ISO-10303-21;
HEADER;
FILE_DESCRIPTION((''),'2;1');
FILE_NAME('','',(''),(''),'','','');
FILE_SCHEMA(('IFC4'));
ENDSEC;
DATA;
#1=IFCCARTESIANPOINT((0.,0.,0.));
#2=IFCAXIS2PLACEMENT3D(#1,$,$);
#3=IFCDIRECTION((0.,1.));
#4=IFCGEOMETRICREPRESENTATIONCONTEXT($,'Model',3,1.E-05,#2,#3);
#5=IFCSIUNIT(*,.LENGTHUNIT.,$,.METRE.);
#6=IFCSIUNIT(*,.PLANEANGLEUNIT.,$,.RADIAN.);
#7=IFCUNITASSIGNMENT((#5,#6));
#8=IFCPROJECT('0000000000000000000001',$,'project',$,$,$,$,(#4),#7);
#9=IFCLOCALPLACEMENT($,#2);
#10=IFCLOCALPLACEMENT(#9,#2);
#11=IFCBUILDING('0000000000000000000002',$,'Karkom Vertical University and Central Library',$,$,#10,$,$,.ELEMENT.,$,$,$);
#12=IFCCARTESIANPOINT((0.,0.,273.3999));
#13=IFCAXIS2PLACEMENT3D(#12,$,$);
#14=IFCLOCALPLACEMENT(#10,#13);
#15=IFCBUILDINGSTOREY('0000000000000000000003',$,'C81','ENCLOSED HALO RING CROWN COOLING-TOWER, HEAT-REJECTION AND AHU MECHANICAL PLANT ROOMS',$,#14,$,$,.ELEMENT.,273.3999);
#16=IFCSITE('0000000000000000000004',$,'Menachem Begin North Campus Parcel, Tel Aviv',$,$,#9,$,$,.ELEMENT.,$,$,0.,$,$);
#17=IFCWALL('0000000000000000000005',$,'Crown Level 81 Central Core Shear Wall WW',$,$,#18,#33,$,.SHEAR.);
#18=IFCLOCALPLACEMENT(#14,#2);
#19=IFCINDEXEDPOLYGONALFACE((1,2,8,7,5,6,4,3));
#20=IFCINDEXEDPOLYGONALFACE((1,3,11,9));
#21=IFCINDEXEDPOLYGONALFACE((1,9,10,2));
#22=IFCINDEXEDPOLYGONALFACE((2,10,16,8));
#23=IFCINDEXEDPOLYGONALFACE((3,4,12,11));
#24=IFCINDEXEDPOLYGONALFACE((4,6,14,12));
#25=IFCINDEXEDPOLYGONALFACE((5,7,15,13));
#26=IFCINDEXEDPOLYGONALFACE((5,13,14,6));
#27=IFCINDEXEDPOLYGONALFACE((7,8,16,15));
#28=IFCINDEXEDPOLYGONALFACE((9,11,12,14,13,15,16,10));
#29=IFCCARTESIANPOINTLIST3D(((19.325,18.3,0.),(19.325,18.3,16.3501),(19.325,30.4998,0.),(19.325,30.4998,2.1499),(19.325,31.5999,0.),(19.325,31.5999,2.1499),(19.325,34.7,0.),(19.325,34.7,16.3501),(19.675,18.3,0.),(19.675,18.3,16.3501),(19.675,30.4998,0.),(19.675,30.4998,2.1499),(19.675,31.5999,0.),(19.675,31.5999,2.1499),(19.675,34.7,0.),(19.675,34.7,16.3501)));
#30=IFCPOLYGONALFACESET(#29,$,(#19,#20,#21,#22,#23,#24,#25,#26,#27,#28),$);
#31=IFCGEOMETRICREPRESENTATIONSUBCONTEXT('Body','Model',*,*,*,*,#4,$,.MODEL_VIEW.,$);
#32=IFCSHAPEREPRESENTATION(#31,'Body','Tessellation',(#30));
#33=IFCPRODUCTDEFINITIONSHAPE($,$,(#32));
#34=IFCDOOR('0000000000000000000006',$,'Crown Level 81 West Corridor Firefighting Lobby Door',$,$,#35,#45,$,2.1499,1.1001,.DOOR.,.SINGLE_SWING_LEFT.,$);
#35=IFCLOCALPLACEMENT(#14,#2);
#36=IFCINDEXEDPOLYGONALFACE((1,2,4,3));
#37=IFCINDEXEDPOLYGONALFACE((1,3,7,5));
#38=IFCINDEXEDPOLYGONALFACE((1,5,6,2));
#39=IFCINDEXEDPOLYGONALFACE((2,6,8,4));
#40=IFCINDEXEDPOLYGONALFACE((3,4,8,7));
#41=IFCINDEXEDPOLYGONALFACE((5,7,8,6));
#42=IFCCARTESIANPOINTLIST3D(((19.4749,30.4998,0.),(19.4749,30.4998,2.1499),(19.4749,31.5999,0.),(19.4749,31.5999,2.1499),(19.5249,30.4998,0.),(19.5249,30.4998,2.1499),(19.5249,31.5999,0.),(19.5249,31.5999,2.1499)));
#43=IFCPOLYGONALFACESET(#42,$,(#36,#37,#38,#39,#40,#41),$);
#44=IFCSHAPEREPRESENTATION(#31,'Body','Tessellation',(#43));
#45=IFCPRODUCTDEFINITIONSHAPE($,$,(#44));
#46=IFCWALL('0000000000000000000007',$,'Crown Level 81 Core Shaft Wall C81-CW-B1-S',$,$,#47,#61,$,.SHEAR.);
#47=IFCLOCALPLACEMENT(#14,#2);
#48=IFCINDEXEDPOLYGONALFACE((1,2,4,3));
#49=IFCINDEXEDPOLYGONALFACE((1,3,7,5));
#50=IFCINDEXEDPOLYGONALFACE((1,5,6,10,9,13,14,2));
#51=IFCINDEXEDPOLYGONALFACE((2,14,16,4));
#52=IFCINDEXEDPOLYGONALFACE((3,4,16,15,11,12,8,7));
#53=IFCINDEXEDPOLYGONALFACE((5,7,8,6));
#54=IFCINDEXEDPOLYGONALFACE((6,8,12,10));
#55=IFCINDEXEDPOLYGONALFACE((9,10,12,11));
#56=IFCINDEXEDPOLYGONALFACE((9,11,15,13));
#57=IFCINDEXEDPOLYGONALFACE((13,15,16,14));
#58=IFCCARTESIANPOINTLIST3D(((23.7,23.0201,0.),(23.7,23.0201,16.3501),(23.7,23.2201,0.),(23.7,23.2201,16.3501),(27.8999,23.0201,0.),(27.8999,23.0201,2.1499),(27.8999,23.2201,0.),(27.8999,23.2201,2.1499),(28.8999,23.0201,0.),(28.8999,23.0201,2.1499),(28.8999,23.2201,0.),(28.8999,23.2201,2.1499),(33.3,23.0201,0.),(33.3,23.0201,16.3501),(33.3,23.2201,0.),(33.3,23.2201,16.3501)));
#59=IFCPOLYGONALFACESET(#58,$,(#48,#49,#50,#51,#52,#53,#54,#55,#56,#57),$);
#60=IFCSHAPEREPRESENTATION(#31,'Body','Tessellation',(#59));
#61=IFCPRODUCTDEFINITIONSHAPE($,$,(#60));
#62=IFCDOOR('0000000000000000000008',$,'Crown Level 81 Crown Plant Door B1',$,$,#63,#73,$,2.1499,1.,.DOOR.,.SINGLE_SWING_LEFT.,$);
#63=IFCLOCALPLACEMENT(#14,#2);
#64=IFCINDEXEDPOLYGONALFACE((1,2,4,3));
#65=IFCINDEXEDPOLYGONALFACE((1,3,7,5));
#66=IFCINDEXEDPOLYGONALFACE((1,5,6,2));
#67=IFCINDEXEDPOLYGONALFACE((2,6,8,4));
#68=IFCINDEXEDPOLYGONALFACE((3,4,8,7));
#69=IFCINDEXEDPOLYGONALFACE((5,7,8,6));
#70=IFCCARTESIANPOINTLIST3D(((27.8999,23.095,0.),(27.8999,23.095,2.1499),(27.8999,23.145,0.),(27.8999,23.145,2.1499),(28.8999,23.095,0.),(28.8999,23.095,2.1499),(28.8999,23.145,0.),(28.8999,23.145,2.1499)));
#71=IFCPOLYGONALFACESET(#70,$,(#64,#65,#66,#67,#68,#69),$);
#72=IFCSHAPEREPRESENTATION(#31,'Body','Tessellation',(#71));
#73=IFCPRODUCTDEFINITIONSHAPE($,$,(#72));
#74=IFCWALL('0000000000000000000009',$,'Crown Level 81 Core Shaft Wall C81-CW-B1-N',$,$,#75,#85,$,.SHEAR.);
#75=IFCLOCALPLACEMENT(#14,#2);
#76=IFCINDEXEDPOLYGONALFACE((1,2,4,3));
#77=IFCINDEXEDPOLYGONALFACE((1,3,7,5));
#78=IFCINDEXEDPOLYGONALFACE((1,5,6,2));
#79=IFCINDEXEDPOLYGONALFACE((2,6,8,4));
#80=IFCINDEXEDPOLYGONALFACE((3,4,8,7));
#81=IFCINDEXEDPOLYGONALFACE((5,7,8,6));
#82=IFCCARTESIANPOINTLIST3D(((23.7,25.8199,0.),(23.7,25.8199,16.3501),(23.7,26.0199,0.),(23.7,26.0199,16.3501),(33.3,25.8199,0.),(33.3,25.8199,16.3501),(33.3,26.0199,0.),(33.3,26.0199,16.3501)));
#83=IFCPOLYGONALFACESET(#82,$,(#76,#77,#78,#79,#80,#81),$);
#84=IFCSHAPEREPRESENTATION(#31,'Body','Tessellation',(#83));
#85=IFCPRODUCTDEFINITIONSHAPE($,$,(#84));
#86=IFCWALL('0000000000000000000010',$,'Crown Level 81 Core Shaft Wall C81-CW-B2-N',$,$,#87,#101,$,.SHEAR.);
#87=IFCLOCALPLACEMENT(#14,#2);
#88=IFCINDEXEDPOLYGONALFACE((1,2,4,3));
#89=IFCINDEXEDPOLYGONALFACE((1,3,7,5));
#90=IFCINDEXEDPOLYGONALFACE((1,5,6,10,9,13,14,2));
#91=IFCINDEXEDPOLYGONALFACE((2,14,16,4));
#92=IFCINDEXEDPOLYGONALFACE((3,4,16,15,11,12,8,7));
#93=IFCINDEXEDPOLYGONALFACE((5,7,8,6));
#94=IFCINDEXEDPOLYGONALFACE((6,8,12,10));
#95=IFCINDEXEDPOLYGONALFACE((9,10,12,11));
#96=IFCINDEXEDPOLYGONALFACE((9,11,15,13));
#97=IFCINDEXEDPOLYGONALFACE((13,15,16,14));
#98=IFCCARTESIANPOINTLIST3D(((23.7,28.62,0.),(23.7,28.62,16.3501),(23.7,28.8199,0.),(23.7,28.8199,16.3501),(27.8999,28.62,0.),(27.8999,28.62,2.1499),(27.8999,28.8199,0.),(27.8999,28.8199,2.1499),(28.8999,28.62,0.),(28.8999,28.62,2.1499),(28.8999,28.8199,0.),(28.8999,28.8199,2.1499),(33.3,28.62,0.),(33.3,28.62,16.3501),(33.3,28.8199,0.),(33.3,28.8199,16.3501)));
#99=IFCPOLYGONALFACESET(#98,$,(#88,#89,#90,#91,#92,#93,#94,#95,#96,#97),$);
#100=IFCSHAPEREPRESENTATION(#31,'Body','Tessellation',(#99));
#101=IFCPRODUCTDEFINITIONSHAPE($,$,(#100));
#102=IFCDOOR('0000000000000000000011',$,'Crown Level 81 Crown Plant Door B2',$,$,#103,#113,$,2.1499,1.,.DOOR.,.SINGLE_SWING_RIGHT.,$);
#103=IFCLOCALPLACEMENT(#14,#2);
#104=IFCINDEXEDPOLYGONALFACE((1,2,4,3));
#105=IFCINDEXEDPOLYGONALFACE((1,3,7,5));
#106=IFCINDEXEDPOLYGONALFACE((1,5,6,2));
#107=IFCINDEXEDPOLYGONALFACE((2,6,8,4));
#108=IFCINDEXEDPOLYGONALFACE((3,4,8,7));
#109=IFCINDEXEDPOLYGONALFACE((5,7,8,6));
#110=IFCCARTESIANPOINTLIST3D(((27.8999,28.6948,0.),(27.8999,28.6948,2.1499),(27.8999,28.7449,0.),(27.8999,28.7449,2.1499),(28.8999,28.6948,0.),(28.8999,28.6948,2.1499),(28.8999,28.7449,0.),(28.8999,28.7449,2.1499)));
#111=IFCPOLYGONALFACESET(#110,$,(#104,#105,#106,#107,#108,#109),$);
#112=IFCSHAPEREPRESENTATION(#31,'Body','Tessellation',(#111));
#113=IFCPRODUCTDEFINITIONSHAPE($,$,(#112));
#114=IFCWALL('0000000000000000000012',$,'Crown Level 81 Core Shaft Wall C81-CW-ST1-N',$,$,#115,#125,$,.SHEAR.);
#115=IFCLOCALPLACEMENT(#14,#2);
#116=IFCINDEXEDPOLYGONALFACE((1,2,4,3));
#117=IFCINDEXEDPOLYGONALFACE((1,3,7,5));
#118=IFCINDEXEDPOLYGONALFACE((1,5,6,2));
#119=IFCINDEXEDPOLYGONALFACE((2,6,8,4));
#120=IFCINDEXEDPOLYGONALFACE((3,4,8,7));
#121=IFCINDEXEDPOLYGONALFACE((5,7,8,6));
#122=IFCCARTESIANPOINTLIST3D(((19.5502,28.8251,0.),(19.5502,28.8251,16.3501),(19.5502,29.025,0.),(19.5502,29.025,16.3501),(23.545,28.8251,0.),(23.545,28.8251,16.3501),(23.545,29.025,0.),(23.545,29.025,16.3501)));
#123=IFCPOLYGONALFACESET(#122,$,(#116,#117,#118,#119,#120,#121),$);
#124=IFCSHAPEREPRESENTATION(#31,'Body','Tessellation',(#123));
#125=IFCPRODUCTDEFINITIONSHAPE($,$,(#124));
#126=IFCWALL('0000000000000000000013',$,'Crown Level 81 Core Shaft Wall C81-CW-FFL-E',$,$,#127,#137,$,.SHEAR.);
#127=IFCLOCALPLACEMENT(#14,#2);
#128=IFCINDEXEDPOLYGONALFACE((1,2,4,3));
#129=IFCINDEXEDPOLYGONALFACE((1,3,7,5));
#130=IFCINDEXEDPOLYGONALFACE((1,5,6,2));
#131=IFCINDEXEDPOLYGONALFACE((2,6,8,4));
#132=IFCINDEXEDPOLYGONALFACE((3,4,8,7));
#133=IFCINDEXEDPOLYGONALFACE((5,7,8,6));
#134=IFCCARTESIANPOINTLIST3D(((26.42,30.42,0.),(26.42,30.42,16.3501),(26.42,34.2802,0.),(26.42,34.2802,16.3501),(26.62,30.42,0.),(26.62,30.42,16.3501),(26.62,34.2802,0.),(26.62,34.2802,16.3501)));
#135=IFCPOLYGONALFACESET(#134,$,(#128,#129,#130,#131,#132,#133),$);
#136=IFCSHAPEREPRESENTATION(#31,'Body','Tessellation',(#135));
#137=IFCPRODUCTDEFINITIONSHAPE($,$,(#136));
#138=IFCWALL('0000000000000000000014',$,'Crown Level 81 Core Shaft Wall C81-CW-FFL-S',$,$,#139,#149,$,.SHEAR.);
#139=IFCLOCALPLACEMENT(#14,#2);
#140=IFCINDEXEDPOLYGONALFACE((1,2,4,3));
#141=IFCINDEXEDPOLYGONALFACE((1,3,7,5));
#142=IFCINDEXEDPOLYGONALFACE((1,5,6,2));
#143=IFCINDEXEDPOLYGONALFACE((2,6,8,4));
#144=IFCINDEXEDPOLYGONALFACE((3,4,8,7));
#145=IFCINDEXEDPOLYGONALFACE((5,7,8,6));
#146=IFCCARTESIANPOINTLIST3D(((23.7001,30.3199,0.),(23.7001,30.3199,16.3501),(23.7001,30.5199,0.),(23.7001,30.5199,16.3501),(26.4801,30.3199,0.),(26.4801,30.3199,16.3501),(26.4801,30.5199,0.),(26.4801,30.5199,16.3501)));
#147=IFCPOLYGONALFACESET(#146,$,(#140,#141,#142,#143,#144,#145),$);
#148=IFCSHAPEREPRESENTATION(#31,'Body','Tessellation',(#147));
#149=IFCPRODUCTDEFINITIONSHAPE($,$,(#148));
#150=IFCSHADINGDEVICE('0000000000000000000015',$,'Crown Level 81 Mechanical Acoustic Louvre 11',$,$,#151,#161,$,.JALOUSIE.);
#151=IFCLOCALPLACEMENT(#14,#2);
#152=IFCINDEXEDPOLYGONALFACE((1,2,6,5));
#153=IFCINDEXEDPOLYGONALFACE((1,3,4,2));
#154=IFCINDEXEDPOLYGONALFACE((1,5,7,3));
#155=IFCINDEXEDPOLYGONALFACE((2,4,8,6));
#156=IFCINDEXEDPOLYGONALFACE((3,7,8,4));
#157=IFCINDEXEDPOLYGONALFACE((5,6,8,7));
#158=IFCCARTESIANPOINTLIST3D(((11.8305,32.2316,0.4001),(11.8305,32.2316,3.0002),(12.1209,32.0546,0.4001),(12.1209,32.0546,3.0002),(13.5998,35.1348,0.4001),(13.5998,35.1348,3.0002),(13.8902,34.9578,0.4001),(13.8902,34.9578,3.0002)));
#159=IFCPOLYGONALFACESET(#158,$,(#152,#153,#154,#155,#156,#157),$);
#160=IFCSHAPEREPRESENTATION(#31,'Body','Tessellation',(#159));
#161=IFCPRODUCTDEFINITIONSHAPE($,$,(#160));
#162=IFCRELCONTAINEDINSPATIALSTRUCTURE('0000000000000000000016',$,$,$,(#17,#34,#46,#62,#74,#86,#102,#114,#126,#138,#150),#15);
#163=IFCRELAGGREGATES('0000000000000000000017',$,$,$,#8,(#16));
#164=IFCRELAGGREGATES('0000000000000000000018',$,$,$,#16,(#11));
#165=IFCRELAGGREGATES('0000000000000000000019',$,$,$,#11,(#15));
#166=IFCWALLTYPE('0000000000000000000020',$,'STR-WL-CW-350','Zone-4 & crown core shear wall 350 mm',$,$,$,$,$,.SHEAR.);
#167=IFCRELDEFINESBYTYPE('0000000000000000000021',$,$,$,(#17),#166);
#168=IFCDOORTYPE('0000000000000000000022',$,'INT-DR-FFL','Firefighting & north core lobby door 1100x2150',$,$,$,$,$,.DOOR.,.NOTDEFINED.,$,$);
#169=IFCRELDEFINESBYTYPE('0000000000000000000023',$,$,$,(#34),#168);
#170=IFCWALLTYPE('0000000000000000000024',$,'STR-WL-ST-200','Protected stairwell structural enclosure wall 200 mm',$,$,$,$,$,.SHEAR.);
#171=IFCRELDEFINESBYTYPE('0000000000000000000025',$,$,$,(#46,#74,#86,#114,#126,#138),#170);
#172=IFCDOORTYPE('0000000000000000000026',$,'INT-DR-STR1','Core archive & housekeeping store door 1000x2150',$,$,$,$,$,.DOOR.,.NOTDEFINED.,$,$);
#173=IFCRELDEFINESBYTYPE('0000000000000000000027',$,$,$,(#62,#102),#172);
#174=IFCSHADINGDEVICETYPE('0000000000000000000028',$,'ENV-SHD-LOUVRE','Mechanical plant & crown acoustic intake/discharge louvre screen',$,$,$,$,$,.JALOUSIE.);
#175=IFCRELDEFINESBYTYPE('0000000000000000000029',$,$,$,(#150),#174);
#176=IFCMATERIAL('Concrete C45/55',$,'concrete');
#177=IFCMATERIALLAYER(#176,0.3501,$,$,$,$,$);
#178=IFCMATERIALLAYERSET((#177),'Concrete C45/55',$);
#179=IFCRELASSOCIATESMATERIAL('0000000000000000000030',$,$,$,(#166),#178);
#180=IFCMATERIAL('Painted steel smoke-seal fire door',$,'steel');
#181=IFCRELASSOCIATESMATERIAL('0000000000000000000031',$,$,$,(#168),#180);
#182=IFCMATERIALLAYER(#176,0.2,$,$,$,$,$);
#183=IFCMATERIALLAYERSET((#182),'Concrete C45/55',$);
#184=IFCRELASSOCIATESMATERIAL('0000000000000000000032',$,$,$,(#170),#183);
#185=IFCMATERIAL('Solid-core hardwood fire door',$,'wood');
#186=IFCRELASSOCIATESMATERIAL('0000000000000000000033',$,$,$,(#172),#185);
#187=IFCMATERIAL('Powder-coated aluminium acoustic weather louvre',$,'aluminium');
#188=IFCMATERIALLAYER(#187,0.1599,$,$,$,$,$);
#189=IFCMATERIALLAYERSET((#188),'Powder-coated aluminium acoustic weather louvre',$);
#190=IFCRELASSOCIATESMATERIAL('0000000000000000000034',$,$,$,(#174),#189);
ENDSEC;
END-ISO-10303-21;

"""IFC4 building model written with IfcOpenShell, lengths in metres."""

from ifc_helpers import new_model, si_unit, direction, frame, frame_2d, origin, origin_with_axes, origin_2d, place, context, subcontext, project, spatial, rectangle, extrude, source, transform, mapped, material, layer, layer_set, type_object, element, fill, save


model = new_model("IFC4")

# Units and contexts
model_context = context("Model", 3, precision=1e-05, world=origin(), true_north=direction((0.0, 1.0)))
body_context = subcontext(model_context, "Body", "Model", "MODEL_VIEW")
ifc_project = project(units=[si_unit("LENGTHUNIT", "METRE"), si_unit("PLANEANGLEUNIT", "RADIAN")], contexts=[model_context])

# Site, building, storey
site_placement = place(None, origin())
site = spatial("IfcSite", under=ifc_project, at=site_placement, Name="Menachem Begin North Campus Parcel, Tel Aviv", CompositionType="ELEMENT", RefElevation=0.0)
building_placement = place(site_placement, origin())
building = spatial("IfcBuilding", under=site, at=building_placement, Name="Karkom Vertical University and Central Library", CompositionType="ELEMENT")
storey_placement = place(building_placement, frame((0.0, 0.0, 273.3999)))
storey = spatial("IfcBuildingStorey", under=building, at=storey_placement, Name="C81", Description="ENCLOSED HALO RING CROWN COOLING-TOWER, HEAT-REJECTION AND AHU MECHANICAL PLANT ROOMS", CompositionType="ELEMENT", Elevation=273.3999)

# Shared definitions
ifc_material_1 = material(Name="Concrete C45/55", Category="concrete")

# Walls, openings, doors
ifc_layer_1 = layer(ifc_material_1, 0.3501)
ifc_layer_set_1 = layer_set([ifc_layer_1], Name="Concrete C45/55")
wall_type_1 = type_object("IfcWallType", Name="STR-WL-CW-350", Description="Zone-4 & crown core shear wall 350 mm", PredefinedType="SHEAR", material=ifc_layer_set_1)
ifc_material_2 = material(Name="Painted steel smoke-seal fire door", Category="steel")
door_type_1 = type_object("IfcDoorType", Name="INT-DR-FFL", Description="Firefighting & north core lobby door 1100x2150", OperationType="NOTDEFINED", PredefinedType="DOOR", material=ifc_material_2)
shared_shape_1 = source(origin_with_axes(), body_context, "Body", "SweptSolid", [
    extrude(rectangle(XDim=1.1001, YDim=2.1499, at=frame_2d((0.55, 1.075))), frame((0.0, 0.0249, 0.0), z_axis=(0.0, -1.0, 0.0), x_axis=(1.0, 0.0, 0.0)), (0.0, 0.0, 1.0), 0.05),
])
wall_1_placement = place(storey_placement, frame((19.5, 34.7, 0.0), z_axis=(0.0, 0.0, 1.0), x_axis=(0.0, -1.0, 0.0)))
wall_1 = element("IfcWall", 1, at=wall_1_placement, inside=storey, type_object=wall_type_1, Name="Crown Level 81 Central Core Shear Wall WW", PredefinedType="SHEAR", context=body_context, shape_type="SweptSolid", body=[
    extrude(rectangle(XDim=16.3999, YDim=0.3501, at=frame_2d((8.2, 0.0))), origin(), (0.0, 0.0, 1.0), 16.3501),
])
opening_1_placement = place(wall_1_placement, frame((3.1001, 0.0, 0.0)))
opening_1 = element("IfcOpeningElement", 2, at=opening_1_placement, cuts=wall_1, PredefinedType="OPENING", context=body_context, shape_type="SweptSolid", body=[
    extrude(rectangle(XDim=1.1001, YDim=2.1499, at=frame_2d((0.55, 1.075))), frame((0.0, 0.1851, 0.0), z_axis=(0.0, -1.0, 0.0), x_axis=(1.0, 0.0, 0.0)), (0.0, 0.0, 1.0), 0.3701),
])
door_1_placement = place(opening_1_placement, origin())
door_1 = element("IfcDoor", 3, at=door_1_placement, inside=storey, type_object=door_type_1, Name="Crown Level 81 West Corridor Firefighting Lobby Door", OperationType="SINGLE_SWING_LEFT", OverallHeight=2.1499, OverallWidth=1.1001, PredefinedType="DOOR", context=body_context, shape_type="MappedRepresentation", body=[
    mapped(shared_shape_1, transform((0.0, 0.0, 0.0), scale=1.0)),
])
fill(opening_1, door_1)
ifc_layer_2 = layer(ifc_material_1, 0.2)
ifc_layer_set_2 = layer_set([ifc_layer_2], Name="Concrete C45/55")
wall_type_2 = type_object("IfcWallType", Name="STR-WL-ST-200", Description="Protected stairwell structural enclosure wall 200 mm", PredefinedType="SHEAR", material=ifc_layer_set_2)
wall_2_placement = place(storey_placement, frame((23.7, 23.1201, 0.0), z_axis=(0.0, 0.0, 1.0), x_axis=(1.0, 0.0, 0.0)))
wall_2 = element("IfcWall", 4, at=wall_2_placement, inside=storey, type_object=wall_type_2, Name="Crown Level 81 Core Shaft Wall C81-CW-B1-S", PredefinedType="SHEAR", context=body_context, shape_type="SweptSolid", body=[
    extrude(rectangle(XDim=9.6001, YDim=0.2, at=frame_2d((4.8, 0.0))), origin(), (0.0, 0.0, 1.0), 16.3501),
])
opening_2_placement = place(wall_2_placement, frame((4.2, 0.0, 0.0)))
opening_2 = element("IfcOpeningElement", 5, at=opening_2_placement, cuts=wall_2, PredefinedType="OPENING", context=body_context, shape_type="SweptSolid", body=[
    extrude(rectangle(XDim=1.0, YDim=2.1499, at=frame_2d((0.5, 1.075))), frame((0.0, 0.1099, 0.0), z_axis=(0.0, -1.0, 0.0), x_axis=(1.0, 0.0, 0.0)), (0.0, 0.0, 1.0), 0.22),
])
ifc_material_3 = material(Name="Solid-core hardwood fire door", Category="wood")
door_type_2 = type_object("IfcDoorType", Name="INT-DR-STR1", Description="Core archive & housekeeping store door 1000x2150", OperationType="NOTDEFINED", PredefinedType="DOOR", material=ifc_material_3)
shared_shape_2 = source(origin_with_axes(), body_context, "Body", "SweptSolid", [
    extrude(rectangle(XDim=1.0, YDim=2.1499, at=frame_2d((0.5, 1.075))), frame((0.0, 0.0249, 0.0), z_axis=(0.0, -1.0, 0.0), x_axis=(1.0, 0.0, 0.0)), (0.0, 0.0, 1.0), 0.05),
])
door_2_placement = place(opening_2_placement, origin())
door_2 = element("IfcDoor", 6, at=door_2_placement, inside=storey, type_object=door_type_2, Name="Crown Level 81 Crown Plant Door B1", OperationType="SINGLE_SWING_LEFT", OverallHeight=2.1499, OverallWidth=1.0, PredefinedType="DOOR", context=body_context, shape_type="MappedRepresentation", body=[
    mapped(shared_shape_2, transform((0.0, 0.0, 0.0), scale=1.0)),
])
fill(opening_2, door_2)

# Wall
wall_3_placement = place(storey_placement, frame((23.7, 25.9199, 0.0), z_axis=(0.0, 0.0, 1.0), x_axis=(1.0, 0.0, 0.0)))
element("IfcWall", 7, at=wall_3_placement, inside=storey, type_object=wall_type_2, Name="Crown Level 81 Core Shaft Wall C81-CW-B1-N", PredefinedType="SHEAR", context=body_context, shape_type="SweptSolid", body=[
    extrude(rectangle(XDim=9.6001, YDim=0.2, at=frame_2d((4.8, 0.0))), origin(), (0.0, 0.0, 1.0), 16.3501),
])

# Wall, opening, door
wall_4_placement = place(storey_placement, frame((23.7, 28.72, 0.0), z_axis=(0.0, 0.0, 1.0), x_axis=(1.0, 0.0, 0.0)))
wall_4 = element("IfcWall", 8, at=wall_4_placement, inside=storey, type_object=wall_type_2, Name="Crown Level 81 Core Shaft Wall C81-CW-B2-N", PredefinedType="SHEAR", context=body_context, shape_type="SweptSolid", body=[
    extrude(rectangle(XDim=9.6001, YDim=0.2, at=frame_2d((4.8, 0.0))), origin(), (0.0, 0.0, 1.0), 16.3501),
])
opening_3_placement = place(wall_4_placement, frame((4.2, 0.0, 0.0)))
opening_3 = element("IfcOpeningElement", 9, at=opening_3_placement, cuts=wall_4, PredefinedType="OPENING", context=body_context, shape_type="SweptSolid", body=[
    extrude(rectangle(XDim=1.0, YDim=2.1499, at=frame_2d((0.5, 1.075))), frame((0.0, 0.1099, 0.0), z_axis=(0.0, -1.0, 0.0), x_axis=(1.0, 0.0, 0.0)), (0.0, 0.0, 1.0), 0.22),
])
door_3_placement = place(opening_3_placement, origin())
door_3 = element("IfcDoor", 10, at=door_3_placement, inside=storey, type_object=door_type_2, Name="Crown Level 81 Crown Plant Door B2", OperationType="SINGLE_SWING_RIGHT", OverallHeight=2.1499, OverallWidth=1.0, PredefinedType="DOOR", context=body_context, shape_type="MappedRepresentation", body=[
    mapped(shared_shape_2, transform((0.0, 0.0, 0.0), scale=1.0)),
])
fill(opening_3, door_3)

# Walls
wall_5_placement = place(storey_placement, frame((19.55, 28.925, 0.0), z_axis=(0.0, 0.0, 1.0), x_axis=(1.0, 0.0, 0.0)))
element("IfcWall", 11, at=wall_5_placement, inside=storey, type_object=wall_type_2, Name="Crown Level 81 Core Shaft Wall C81-CW-ST1-N", PredefinedType="SHEAR", context=body_context, shape_type="SweptSolid", body=[
    extrude(rectangle(XDim=3.9949, YDim=0.2, at=frame_2d((1.9976, 0.0))), origin(), (0.0, 0.0, 1.0), 16.3501),
])
wall_6_placement = place(storey_placement, frame((26.52, 30.4199, 0.0), z_axis=(0.0, 0.0, 1.0), x_axis=(0.0, 1.0, 0.0)))
element("IfcWall", 12, at=wall_6_placement, inside=storey, type_object=wall_type_2, Name="Crown Level 81 Core Shaft Wall C81-CW-FFL-E", PredefinedType="SHEAR", context=body_context, shape_type="SweptSolid", body=[
    extrude(rectangle(XDim=3.8601, YDim=0.2, at=frame_2d((1.9302, 0.0))), origin(), (0.0, 0.0, 1.0), 16.3501),
])
wall_7_placement = place(storey_placement, frame((23.7, 30.4199, 0.0), z_axis=(0.0, 0.0, 1.0), x_axis=(1.0, 0.0, 0.0)))
element("IfcWall", 13, at=wall_7_placement, inside=storey, type_object=wall_type_2, Name="Crown Level 81 Core Shaft Wall C81-CW-FFL-S", PredefinedType="SHEAR", context=body_context, shape_type="SweptSolid", body=[
    extrude(rectangle(XDim=2.78, YDim=0.2, at=frame_2d((1.3901, 0.0))), origin(), (0.0, 0.0, 1.0), 16.3501),
])

# Shading device
ifc_material_4 = material(Name="Powder-coated aluminium acoustic weather louvre", Category="aluminium")
ifc_layer_3 = layer(ifc_material_4, 0.1599)
ifc_layer_set_3 = layer_set([ifc_layer_3], Name="Powder-coated aluminium acoustic weather louvre")
shading_device_type = type_object("IfcShadingDeviceType", Name="ENV-SHD-LOUVRE", Description="Mechanical plant & crown acoustic intake/discharge louvre screen", PredefinedType="JALOUSIE", material=ifc_layer_set_3)
shared_shape_3 = source(origin_with_axes(), body_context, "Body", "SweptSolid", [
    extrude(rectangle(XDim=3.3999, YDim=0.3401, at=origin_2d()), origin(), (0.0, 0.0, 1.0), 2.6001),
])
shading_device_placement = place(storey_placement, frame((12.8604, 33.5947, 0.4001), z_axis=(0.0, 0.0, 1.0), x_axis=(-0.520414, -0.853914, 0.0)))
element("IfcShadingDevice", 14, at=shading_device_placement, inside=storey, type_object=shading_device_type, Name="Crown Level 81 Mechanical Acoustic Louvre 11", PredefinedType="JALOUSIE", context=body_context, shape_type="MappedRepresentation", body=[
    mapped(shared_shape_3, transform((0.0, 0.0, 0.0), scale=1.0)),
])

save(model, "model.ifc")
